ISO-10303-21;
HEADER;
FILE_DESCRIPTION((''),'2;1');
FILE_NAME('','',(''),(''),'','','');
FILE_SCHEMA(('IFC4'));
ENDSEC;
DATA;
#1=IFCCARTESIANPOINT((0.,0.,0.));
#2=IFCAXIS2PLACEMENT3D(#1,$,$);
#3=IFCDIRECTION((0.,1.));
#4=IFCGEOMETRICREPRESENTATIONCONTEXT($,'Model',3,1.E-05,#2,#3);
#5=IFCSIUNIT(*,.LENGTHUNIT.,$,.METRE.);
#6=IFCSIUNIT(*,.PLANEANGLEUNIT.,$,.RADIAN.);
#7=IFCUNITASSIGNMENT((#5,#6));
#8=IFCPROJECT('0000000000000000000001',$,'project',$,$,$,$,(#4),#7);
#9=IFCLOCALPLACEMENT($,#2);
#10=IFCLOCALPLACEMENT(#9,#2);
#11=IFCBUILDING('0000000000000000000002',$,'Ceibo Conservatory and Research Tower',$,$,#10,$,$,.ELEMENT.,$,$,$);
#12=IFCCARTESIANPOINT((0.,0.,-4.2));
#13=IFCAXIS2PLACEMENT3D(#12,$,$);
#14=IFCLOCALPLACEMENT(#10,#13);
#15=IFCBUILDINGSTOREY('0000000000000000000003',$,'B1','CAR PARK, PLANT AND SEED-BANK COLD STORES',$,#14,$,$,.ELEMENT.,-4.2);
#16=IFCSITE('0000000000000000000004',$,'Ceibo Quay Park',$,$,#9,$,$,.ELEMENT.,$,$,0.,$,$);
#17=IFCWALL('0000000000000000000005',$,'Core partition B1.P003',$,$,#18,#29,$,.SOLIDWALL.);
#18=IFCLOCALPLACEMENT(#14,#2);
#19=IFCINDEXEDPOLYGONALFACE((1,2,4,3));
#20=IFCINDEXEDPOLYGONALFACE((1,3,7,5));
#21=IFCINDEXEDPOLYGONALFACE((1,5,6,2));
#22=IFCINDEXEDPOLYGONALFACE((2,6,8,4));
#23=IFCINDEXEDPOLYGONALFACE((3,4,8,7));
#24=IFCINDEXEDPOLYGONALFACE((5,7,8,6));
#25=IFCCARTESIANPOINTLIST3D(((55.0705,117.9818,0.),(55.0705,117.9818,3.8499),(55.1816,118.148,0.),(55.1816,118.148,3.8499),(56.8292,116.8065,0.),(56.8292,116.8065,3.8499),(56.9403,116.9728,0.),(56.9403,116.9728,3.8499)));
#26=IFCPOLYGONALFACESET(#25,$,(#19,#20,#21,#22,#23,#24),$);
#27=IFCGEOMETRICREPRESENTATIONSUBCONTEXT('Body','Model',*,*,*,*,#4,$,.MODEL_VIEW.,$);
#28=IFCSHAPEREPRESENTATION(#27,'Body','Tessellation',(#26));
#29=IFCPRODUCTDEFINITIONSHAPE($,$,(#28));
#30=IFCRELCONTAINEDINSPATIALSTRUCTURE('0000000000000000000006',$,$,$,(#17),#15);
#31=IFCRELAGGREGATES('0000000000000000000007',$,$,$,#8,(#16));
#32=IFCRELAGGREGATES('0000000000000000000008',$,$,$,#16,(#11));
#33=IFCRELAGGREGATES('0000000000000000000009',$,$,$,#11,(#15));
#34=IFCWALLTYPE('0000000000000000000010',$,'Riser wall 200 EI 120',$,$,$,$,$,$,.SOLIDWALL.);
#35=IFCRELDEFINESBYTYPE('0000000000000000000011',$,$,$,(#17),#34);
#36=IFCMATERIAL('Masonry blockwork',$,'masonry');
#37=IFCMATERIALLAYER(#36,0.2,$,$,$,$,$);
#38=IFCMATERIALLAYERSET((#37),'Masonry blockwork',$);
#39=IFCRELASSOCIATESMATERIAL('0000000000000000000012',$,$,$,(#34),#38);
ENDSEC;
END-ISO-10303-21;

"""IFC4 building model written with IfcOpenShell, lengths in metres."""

from ifc_helpers import new_model, si_unit, direction, frame, frame_2d, origin, place, context, subcontext, project, spatial, rectangle, extrude, material, layer, layer_set, type_object, element, save


model = new_model("IFC4")

# Units and contexts
model_context = context("Model", 3, precision=1e-05, world=origin(), true_north=direction((0.0, 1.0)))
body_context = subcontext(model_context, "Body", "Model", "MODEL_VIEW")
ifc_project = project(units=[si_unit("LENGTHUNIT", "METRE"), si_unit("PLANEANGLEUNIT", "RADIAN")], contexts=[model_context])

# Site, building, storey
site_placement = place(None, origin())
site = spatial("IfcSite", under=ifc_project, at=site_placement, Name="Ceibo Quay Park", CompositionType="ELEMENT", RefElevation=0.0)
building_placement = place(site_placement, origin())
building = spatial("IfcBuilding", under=site, at=building_placement, Name="Ceibo Conservatory and Research Tower", CompositionType="ELEMENT")
storey_placement = place(building_placement, frame((0.0, 0.0, -4.2)))
storey = spatial("IfcBuildingStorey", under=building, at=storey_placement, Name="B1", Description="CAR PARK, PLANT AND SEED-BANK COLD STORES", CompositionType="ELEMENT", Elevation=-4.2)

# Wall
ifc_material_1 = material(Name="Masonry blockwork", Category="masonry")
ifc_layer_1 = layer(ifc_material_1, 0.2)
ifc_layer_set_1 = layer_set([ifc_layer_1], Name="Masonry blockwork")
wall_type_1 = type_object("IfcWallType", Name="Riser wall 200 EI 120", PredefinedType="SOLIDWALL", material=ifc_layer_set_1)
wall_1_placement = place(storey_placement, frame((56.8848, 116.8896, 0.0), z_axis=(0.0, 0.0, 1.0), x_axis=(-0.831446, 0.555605, 0.0)))
element("IfcWall", 1, at=wall_1_placement, inside=storey, type_object=wall_type_1, Name="Core partition B1.P003", PredefinedType="SOLIDWALL", context=body_context, shape_type="SweptSolid", body=[
    extrude(rectangle(XDim=2.1152, YDim=0.2, at=frame_2d((1.0576, 0.0))), origin(), (0.0, 0.0, 1.0), 3.8499),
])

save(model, "model.ifc")
